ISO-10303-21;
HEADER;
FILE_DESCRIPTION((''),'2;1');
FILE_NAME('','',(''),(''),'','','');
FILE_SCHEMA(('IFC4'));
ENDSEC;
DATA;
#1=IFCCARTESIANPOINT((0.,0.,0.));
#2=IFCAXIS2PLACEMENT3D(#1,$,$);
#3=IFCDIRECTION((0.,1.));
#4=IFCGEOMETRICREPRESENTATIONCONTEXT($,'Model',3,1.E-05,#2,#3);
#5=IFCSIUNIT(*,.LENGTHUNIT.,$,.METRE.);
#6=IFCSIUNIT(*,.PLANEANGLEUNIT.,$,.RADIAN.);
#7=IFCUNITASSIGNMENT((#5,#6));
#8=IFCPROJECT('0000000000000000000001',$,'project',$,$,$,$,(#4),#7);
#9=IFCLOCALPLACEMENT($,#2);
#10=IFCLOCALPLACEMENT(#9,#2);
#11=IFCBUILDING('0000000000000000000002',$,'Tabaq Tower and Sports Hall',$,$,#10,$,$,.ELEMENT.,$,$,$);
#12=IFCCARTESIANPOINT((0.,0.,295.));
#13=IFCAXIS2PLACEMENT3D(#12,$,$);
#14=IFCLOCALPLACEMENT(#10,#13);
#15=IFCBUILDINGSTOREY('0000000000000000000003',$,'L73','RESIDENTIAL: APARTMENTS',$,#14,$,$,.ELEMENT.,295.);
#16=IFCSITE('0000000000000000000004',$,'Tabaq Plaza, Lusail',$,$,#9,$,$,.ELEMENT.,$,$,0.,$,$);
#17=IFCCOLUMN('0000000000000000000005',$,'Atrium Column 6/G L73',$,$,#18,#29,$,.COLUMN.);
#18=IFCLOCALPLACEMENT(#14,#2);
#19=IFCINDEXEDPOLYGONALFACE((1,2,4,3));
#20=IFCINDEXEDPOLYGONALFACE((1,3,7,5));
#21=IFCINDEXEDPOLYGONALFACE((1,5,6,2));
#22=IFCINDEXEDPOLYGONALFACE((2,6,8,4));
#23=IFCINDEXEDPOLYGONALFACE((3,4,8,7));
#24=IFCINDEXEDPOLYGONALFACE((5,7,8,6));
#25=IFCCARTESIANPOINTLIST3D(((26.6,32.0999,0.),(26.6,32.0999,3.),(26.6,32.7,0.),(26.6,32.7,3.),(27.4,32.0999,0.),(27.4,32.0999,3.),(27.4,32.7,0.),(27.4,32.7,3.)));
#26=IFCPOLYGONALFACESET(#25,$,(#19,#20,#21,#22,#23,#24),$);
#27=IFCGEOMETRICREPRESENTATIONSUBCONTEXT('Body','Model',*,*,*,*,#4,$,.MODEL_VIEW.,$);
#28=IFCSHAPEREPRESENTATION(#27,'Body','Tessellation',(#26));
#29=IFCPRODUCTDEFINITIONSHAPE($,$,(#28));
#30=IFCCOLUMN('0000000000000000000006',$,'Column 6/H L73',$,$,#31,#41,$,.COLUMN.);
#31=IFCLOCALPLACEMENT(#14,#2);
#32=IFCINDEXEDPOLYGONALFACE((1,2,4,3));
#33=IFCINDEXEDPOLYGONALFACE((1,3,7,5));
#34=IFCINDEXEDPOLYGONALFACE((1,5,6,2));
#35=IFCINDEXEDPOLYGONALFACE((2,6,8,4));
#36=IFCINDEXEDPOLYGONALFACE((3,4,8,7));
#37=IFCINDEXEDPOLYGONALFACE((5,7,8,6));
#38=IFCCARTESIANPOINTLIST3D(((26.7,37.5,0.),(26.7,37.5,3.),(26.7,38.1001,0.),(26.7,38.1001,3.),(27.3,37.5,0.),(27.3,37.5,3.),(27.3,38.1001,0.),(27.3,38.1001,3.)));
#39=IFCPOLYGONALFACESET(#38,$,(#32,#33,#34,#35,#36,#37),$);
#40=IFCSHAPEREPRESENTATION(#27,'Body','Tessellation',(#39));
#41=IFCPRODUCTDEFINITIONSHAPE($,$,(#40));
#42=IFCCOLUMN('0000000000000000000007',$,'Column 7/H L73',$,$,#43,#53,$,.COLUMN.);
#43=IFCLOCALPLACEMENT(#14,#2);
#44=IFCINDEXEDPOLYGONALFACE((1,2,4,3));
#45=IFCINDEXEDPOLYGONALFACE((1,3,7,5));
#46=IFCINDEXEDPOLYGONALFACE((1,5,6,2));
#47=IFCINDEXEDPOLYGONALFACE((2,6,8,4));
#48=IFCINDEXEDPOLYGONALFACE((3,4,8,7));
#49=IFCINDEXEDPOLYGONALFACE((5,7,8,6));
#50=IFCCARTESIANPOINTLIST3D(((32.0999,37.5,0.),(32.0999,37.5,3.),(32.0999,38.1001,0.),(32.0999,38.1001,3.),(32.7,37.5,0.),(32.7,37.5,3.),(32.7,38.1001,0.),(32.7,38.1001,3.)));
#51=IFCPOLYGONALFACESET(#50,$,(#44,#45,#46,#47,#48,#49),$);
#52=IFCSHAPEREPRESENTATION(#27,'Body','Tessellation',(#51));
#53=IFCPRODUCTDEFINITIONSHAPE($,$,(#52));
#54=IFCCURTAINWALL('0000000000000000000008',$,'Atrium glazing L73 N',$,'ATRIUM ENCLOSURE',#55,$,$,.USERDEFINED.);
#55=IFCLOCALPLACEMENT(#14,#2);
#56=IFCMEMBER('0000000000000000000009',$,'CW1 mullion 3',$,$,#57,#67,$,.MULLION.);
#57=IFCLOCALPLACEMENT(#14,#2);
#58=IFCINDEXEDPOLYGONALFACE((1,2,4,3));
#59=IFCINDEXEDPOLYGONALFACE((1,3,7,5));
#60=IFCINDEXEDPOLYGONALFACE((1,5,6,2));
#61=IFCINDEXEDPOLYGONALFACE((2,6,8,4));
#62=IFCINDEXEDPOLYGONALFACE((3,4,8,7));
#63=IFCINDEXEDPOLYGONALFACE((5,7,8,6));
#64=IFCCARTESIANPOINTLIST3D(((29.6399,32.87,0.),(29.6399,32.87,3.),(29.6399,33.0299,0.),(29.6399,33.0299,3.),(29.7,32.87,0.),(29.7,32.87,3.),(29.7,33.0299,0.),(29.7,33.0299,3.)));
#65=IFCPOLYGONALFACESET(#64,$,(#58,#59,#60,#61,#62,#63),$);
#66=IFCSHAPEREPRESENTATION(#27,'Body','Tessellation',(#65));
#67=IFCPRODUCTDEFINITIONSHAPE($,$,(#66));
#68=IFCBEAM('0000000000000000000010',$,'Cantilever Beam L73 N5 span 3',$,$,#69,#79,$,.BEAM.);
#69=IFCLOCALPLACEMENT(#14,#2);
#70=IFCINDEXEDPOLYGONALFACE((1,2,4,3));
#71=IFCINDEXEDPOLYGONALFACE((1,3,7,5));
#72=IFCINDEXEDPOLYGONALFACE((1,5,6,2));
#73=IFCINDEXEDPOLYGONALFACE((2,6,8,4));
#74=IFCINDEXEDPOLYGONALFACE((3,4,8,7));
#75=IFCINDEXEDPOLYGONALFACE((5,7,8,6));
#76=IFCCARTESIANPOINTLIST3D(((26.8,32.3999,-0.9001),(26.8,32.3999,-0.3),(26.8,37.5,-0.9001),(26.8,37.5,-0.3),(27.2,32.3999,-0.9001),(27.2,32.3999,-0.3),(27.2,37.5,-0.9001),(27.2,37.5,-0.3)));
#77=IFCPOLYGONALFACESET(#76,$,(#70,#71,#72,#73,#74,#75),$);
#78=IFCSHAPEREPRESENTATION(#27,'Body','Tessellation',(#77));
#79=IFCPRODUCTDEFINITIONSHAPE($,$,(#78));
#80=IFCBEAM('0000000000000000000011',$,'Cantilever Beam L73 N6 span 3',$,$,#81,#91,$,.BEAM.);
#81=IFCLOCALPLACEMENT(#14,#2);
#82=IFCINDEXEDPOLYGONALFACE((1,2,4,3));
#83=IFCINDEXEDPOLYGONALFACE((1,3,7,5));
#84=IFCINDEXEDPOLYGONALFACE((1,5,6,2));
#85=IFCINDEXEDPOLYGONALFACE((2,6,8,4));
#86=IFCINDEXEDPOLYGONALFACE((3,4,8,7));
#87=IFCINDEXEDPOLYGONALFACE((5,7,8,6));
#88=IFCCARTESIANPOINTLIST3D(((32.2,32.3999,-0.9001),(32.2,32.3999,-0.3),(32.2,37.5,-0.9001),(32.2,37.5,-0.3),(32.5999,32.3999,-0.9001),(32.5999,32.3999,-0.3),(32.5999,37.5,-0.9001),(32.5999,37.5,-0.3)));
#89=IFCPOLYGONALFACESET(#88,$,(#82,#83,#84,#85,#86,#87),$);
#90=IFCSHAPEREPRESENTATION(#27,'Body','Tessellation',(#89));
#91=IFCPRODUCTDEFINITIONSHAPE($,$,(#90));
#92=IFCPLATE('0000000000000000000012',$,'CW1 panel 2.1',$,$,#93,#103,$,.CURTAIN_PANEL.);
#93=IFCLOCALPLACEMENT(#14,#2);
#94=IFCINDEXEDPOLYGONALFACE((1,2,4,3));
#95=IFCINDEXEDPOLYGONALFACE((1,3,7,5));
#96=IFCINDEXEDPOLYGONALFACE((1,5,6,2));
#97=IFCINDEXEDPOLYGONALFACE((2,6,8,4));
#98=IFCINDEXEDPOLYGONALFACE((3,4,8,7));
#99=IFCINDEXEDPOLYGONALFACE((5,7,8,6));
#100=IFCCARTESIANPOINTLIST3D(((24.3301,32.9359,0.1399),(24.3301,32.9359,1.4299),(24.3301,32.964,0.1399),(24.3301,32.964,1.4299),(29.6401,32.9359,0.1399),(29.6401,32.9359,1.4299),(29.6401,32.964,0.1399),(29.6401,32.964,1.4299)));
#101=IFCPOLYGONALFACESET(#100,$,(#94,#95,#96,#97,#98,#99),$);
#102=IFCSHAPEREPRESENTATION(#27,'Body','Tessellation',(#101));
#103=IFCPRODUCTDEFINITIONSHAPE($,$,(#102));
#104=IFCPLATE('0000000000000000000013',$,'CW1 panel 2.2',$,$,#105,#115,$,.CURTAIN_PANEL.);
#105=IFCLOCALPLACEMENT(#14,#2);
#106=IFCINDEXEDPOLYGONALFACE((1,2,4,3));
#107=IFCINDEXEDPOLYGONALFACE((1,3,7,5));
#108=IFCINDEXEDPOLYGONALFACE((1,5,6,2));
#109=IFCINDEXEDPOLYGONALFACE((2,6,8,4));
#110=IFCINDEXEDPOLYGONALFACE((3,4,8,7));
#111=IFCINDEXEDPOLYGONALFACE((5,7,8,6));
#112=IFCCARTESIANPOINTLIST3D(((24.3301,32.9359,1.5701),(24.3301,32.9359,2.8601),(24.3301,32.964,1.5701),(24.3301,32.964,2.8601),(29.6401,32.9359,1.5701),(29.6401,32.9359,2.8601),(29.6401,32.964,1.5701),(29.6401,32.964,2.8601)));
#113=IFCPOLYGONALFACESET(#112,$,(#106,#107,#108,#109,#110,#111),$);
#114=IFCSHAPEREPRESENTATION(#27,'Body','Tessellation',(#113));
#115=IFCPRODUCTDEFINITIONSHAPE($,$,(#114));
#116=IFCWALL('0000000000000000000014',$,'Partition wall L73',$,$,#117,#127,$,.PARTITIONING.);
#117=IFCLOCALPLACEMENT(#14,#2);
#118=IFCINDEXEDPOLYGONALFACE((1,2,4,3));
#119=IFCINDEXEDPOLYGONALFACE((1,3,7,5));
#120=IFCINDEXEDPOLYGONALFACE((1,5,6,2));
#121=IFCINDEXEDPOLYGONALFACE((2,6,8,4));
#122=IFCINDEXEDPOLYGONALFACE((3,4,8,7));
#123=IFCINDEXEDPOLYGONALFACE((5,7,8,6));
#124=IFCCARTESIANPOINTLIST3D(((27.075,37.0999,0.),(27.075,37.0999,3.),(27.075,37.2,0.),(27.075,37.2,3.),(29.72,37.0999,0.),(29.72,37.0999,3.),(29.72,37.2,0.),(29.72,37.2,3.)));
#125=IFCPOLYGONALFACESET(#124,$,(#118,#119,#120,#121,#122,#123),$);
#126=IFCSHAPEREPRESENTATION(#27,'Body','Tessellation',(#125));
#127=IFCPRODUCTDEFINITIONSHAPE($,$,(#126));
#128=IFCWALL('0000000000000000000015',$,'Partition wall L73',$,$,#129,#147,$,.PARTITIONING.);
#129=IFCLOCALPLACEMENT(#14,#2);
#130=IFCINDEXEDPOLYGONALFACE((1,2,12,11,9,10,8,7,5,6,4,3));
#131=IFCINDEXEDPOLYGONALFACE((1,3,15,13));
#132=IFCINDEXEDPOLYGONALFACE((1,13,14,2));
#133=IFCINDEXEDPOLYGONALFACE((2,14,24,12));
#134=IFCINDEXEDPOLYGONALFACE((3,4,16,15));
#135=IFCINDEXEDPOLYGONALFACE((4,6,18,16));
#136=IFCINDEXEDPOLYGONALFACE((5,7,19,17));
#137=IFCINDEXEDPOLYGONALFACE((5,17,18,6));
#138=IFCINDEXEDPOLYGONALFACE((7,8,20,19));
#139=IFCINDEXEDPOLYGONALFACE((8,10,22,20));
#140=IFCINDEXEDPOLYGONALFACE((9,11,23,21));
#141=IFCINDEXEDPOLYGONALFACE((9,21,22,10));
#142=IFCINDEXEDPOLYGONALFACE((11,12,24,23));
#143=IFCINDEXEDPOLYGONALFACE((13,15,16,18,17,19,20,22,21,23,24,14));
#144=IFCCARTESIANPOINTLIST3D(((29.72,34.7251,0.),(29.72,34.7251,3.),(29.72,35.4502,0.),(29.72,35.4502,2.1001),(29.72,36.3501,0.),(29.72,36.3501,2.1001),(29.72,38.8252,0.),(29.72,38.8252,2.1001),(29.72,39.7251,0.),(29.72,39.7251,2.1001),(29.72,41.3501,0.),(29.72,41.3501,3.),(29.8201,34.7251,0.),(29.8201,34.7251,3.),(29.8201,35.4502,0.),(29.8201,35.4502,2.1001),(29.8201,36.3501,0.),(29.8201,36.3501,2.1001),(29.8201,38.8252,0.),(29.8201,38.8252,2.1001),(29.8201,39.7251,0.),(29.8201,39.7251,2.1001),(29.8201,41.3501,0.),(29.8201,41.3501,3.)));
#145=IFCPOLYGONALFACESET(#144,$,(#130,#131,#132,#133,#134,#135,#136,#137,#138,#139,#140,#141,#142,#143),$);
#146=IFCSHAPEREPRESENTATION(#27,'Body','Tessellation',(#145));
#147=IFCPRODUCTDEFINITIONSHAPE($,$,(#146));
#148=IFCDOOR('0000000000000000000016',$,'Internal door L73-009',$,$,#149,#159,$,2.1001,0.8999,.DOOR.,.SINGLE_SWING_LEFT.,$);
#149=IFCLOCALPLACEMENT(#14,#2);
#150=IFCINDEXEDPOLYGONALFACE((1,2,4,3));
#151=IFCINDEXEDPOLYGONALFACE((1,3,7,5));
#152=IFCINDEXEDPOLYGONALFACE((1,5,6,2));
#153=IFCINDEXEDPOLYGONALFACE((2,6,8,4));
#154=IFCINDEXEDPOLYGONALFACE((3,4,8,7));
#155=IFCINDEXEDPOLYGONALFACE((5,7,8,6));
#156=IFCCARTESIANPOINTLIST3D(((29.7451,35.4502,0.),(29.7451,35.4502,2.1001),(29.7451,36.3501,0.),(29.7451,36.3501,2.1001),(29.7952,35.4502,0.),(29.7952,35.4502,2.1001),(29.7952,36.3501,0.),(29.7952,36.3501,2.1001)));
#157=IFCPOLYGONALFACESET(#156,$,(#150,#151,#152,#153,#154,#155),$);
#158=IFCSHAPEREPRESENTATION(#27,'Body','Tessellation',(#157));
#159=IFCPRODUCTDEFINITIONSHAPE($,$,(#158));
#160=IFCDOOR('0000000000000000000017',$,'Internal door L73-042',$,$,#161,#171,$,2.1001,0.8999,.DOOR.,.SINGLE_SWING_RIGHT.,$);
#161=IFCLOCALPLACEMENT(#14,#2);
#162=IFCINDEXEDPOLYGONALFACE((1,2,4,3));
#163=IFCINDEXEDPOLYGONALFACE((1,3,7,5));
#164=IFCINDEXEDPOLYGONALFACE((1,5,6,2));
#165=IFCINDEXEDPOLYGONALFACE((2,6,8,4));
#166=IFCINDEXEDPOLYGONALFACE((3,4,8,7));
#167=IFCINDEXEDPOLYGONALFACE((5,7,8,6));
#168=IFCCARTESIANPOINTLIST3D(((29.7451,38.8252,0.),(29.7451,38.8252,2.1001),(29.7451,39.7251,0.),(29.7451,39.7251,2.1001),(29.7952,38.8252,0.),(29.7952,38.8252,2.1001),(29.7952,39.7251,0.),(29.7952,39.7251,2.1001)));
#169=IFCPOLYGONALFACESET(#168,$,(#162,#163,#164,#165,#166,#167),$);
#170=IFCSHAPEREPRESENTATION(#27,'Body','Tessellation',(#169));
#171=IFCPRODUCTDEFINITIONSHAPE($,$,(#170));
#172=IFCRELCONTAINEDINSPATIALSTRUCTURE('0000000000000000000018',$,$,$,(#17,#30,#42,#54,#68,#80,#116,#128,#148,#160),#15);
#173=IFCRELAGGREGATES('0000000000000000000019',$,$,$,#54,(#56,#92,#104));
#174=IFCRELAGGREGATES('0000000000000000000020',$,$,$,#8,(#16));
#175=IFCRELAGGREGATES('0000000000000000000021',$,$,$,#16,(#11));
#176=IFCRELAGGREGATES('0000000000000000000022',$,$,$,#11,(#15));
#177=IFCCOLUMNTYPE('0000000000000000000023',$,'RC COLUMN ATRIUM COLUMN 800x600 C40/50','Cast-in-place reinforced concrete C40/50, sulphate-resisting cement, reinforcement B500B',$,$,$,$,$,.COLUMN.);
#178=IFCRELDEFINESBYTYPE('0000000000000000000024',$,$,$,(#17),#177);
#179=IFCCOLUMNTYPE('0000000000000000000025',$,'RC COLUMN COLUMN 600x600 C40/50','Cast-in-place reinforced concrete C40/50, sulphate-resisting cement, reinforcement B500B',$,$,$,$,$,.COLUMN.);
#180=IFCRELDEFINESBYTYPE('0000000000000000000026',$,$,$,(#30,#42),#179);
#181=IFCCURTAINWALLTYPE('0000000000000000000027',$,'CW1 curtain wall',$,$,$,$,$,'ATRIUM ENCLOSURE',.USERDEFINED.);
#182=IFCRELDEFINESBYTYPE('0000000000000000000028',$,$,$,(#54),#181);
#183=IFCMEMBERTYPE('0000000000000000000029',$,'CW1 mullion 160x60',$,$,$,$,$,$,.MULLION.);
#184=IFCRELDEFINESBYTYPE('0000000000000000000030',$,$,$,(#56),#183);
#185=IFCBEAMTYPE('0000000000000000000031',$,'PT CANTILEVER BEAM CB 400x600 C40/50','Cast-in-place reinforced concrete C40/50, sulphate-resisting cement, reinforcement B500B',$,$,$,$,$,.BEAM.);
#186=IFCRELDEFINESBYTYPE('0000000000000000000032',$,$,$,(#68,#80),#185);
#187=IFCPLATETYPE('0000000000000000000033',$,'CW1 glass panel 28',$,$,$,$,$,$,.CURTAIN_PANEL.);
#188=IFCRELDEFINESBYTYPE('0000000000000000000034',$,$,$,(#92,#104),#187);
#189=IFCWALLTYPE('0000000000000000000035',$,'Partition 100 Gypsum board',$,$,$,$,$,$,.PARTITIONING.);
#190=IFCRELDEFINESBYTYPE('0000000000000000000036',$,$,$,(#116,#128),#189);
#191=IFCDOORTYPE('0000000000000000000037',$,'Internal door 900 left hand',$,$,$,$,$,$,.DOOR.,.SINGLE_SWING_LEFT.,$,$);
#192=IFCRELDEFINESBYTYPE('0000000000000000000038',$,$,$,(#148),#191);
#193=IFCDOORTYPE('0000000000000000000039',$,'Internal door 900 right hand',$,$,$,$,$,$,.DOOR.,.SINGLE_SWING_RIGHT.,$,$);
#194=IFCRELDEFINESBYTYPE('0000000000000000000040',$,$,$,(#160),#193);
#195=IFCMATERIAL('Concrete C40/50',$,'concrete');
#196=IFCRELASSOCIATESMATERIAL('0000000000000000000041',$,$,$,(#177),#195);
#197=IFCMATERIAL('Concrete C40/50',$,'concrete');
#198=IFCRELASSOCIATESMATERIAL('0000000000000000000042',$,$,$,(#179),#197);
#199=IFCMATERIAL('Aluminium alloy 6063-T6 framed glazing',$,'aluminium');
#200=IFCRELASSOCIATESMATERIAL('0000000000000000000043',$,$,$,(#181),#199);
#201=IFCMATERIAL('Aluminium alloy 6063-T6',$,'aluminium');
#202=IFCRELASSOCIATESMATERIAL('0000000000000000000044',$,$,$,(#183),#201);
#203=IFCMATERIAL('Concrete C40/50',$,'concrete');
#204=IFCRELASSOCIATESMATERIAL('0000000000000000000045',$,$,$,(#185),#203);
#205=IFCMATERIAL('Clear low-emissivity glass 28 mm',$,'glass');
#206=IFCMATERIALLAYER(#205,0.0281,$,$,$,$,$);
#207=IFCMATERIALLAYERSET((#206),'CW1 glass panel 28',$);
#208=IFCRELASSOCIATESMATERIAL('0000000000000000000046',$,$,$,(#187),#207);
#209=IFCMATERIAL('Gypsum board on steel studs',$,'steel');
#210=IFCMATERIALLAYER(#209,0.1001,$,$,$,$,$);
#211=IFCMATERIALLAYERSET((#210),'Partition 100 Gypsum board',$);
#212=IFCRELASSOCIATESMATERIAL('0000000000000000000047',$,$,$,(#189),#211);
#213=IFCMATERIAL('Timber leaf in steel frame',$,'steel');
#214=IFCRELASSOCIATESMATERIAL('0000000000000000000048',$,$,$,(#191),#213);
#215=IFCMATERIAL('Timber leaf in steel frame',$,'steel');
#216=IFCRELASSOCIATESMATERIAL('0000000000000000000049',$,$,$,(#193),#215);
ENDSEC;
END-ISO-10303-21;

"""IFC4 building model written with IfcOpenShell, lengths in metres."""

from ifc_helpers import new_model, si_unit, direction, frame, frame_2d, origin, origin_2d, place, context, subcontext, project, spatial, rectangle, extrude, material, layer, layer_set, material_profile, profile_set, type_object, element, fill, aggregate, save


model = new_model("IFC4")

# Units and contexts
model_context = context("Model", 3, precision=1e-05, world=origin(), true_north=direction((0.0, 1.0)))
body_context = subcontext(model_context, "Body", "Model", "MODEL_VIEW")
ifc_project = project(units=[si_unit("LENGTHUNIT", "METRE"), si_unit("PLANEANGLEUNIT", "RADIAN")], contexts=[model_context])

# Site, building, storey
site_placement = place(None, origin())
site = spatial("IfcSite", under=ifc_project, at=site_placement, Name="Tabaq Plaza, Lusail", CompositionType="ELEMENT", RefElevation=0.0)
building_placement = place(site_placement, origin())
building = spatial("IfcBuilding", under=site, at=building_placement, Name="Tabaq Tower and Sports Hall", CompositionType="ELEMENT")
storey_placement = place(building_placement, frame((0.0, 0.0, 295.0)))
storey = spatial("IfcBuildingStorey", under=building, at=storey_placement, Name="L73", Description="RESIDENTIAL: APARTMENTS", CompositionType="ELEMENT", Elevation=295.0)

# Columns
ifc_material_1 = material(Name="Concrete C40/50", Category="concrete")
ifc_material_profile_1 = material_profile(ifc_material_1, rectangle(XDim=0.8, YDim=0.6001, at=origin_2d()), Name="ATRIUM COLUMN 800x600")
ifc_profile_set_1 = profile_set([ifc_material_profile_1], Name="Concrete C40/50")
column_type_1 = type_object("IfcColumnType", Name="RC COLUMN ATRIUM COLUMN 800x600 C40/50", Description="Cast-in-place reinforced concrete C40/50, sulphate-resisting cement, reinforcement B500B", PredefinedType="COLUMN", material=ifc_profile_set_1)
column_placement = place(storey_placement, frame((27.0, 32.3999, 0.0), z_axis=(0.0, 0.0, 1.0), x_axis=(1.0, 0.0, 0.0)))
element("IfcColumn", 1, at=column_placement, inside=storey, type_object=column_type_1, Name="Atrium Column 6/G L73", PredefinedType="COLUMN", context=body_context, shape_type="SweptSolid", body=[
    extrude(rectangle(XDim=0.8, YDim=0.6001, at=origin_2d()), origin(), (0.0, 0.0, 1.0), 3.0),
])
ifc_material_2 = material(Name="Concrete C40/50", Category="concrete")
ifc_material_profile_2 = material_profile(ifc_material_2, rectangle(XDim=0.6001, YDim=0.6001, at=origin_2d()), Name="COLUMN 600x600")
ifc_profile_set_2 = profile_set([ifc_material_profile_2], Name="Concrete C40/50")
column_type_2 = type_object("IfcColumnType", Name="RC COLUMN COLUMN 600x600 C40/50", Description="Cast-in-place reinforced concrete C40/50, sulphate-resisting cement, reinforcement B500B", PredefinedType="COLUMN", material=ifc_profile_set_2)
for number, where, z_axis, x_axis, name in (
    (2, (27.0, 37.8, 0.0), (0.0, 0.0, 1.0), (1.0, 0.0, 0.0), "Column 6/H L73"),
    (3, (32.3999, 37.8, 0.0), (0.0, 0.0, 1.0), (1.0, 0.0, 0.0), "Column 7/H L73"),
):
    element("IfcColumn", number, at=place(storey_placement, frame(where, z_axis=z_axis, x_axis=x_axis)), inside=storey, type_object=column_type_2, Name=name, PredefinedType="COLUMN", context=body_context, shape_type="SweptSolid", body=[
        extrude(rectangle(XDim=0.6001, YDim=0.6001, at=origin_2d()), origin(), (0.0, 0.0, 1.0), 3.0),
    ])

# Curtain wall, member
ifc_material_3 = material(Name="Aluminium alloy 6063-T6 framed glazing", Category="aluminium")
curtain_wall_type = type_object("IfcCurtainWallType", Name="CW1 curtain wall", ElementType="ATRIUM ENCLOSURE", PredefinedType="USERDEFINED", material=ifc_material_3)
curtain_wall_placement = place(storey_placement, origin())
curtain_wall = element("IfcCurtainWall", 4, at=curtain_wall_placement, inside=storey, type_object=curtain_wall_type, Name="Atrium glazing L73 N", ObjectType="ATRIUM ENCLOSURE", PredefinedType="USERDEFINED")
ifc_material_4 = material(Name="Aluminium alloy 6063-T6", Category="aluminium")
ifc_material_profile_3 = material_profile(ifc_material_4, rectangle(XDim=0.1599, YDim=0.0601, at=origin_2d()), Name="MULLION 160x60")
ifc_profile_set_3 = profile_set([ifc_material_profile_3], Name="Aluminium alloy 6063-T6")
member_type = type_object("IfcMemberType", Name="CW1 mullion 160x60", PredefinedType="MULLION", material=ifc_profile_set_3)
member_placement = place(storey_placement, frame((29.6699, 32.95, 0.0), z_axis=(0.0, 0.0, 1.0), x_axis=(0.0, 1.0, 0.0)))
member = element("IfcMember", 5, at=member_placement, type_object=member_type, Name="CW1 mullion 3", PredefinedType="MULLION", context=body_context, shape_type="SweptSolid", body=[
    extrude(rectangle(XDim=0.1599, YDim=0.0601, at=origin_2d()), origin(), (0.0, 0.0, 1.0), 3.0),
])

# Beams
ifc_material_5 = material(Name="Concrete C40/50", Category="concrete")
ifc_material_profile_4 = material_profile(ifc_material_5, rectangle(XDim=0.3999, YDim=0.6001, at=origin_2d()), Name="CB 400x600")
ifc_profile_set_4 = profile_set([ifc_material_profile_4], Name="Concrete C40/50")
beam_type = type_object("IfcBeamType", Name="PT CANTILEVER BEAM CB 400x600 C40/50", Description="Cast-in-place reinforced concrete C40/50, sulphate-resisting cement, reinforcement B500B", PredefinedType="BEAM", material=ifc_profile_set_4)
for number, where, z_axis, x_axis, name in (
    (6, (27.0, 37.5, -0.6001), (0.0, -1.0, 0.0), (1.0, 0.0, 0.0), "Cantilever Beam L73 N5 span 3"),
    (7, (32.3999, 37.5, -0.6001), (0.0, -1.0, 0.0), (1.0, 0.0, 0.0), "Cantilever Beam L73 N6 span 3"),
):
    element("IfcBeam", number, at=place(storey_placement, frame(where, z_axis=z_axis, x_axis=x_axis)), inside=storey, type_object=beam_type, Name=name, PredefinedType="BEAM", context=body_context, shape_type="SweptSolid", body=[
        extrude(rectangle(XDim=0.3999, YDim=0.6001, at=origin_2d()), origin(), (0.0, 0.0, 1.0), 5.1001),
    ])

# Plates
ifc_material_6 = material(Name="Clear low-emissivity glass 28 mm", Category="glass")
ifc_layer_1 = layer(ifc_material_6, 0.0281)
ifc_layer_set_1 = layer_set([ifc_layer_1], Name="CW1 glass panel 28")
plate_type = type_object("IfcPlateType", Name="CW1 glass panel 28", PredefinedType="CURTAIN_PANEL", material=ifc_layer_set_1)
plate_1_placement = place(storey_placement, frame((26.9851, 32.95, 0.1399), z_axis=(0.0, 0.0, 1.0), x_axis=(1.0, 0.0, 0.0)))
plate_1 = element("IfcPlate", 8, at=plate_1_placement, type_object=plate_type, Name="CW1 panel 2.1", PredefinedType="CURTAIN_PANEL", context=body_context, shape_type="SweptSolid", body=[
    extrude(rectangle(XDim=5.3101, YDim=0.0281, at=origin_2d()), origin(), (0.0, 0.0, 1.0), 1.29),
])
plate_2_placement = place(storey_placement, frame((26.9851, 32.95, 1.5701), z_axis=(0.0, 0.0, 1.0), x_axis=(1.0, 0.0, 0.0)))
plate_2 = element("IfcPlate", 9, at=plate_2_placement, type_object=plate_type, Name="CW1 panel 2.2", PredefinedType="CURTAIN_PANEL", context=body_context, shape_type="SweptSolid", body=[
    extrude(rectangle(XDim=5.3101, YDim=0.0281, at=origin_2d()), origin(), (0.0, 0.0, 1.0), 1.29),
])
aggregate(curtain_wall, [member, plate_1, plate_2])

# Wall
ifc_material_7 = material(Name="Gypsum board on steel studs", Category="steel")
ifc_layer_2 = layer(ifc_material_7, 0.1001)
ifc_layer_set_2 = layer_set([ifc_layer_2], Name="Partition 100 Gypsum board")
wall_type_1 = type_object("IfcWallType", Name="Partition 100 Gypsum board", PredefinedType="PARTITIONING", material=ifc_layer_set_2)
wall_1_placement = place(storey_placement, frame((27.075, 37.1499, 0.0), z_axis=(0.0, 0.0, 1.0), x_axis=(1.0, 0.0, 0.0)))
element("IfcWall", 10, at=wall_1_placement, inside=storey, type_object=wall_type_1, Name="Partition wall L73", PredefinedType="PARTITIONING", context=body_context, shape_type="SweptSolid", body=[
    extrude(rectangle(XDim=2.645, YDim=0.1001, at=frame_2d((1.3225, 0.0))), origin(), (0.0, 0.0, 1.0), 3.0),
])

# Wall, openings, doors
wall_2_placement = place(storey_placement, frame((29.77, 34.7251, 0.0), z_axis=(0.0, 0.0, 1.0), x_axis=(0.0, 1.0, 0.0)))
wall_2 = element("IfcWall", 11, at=wall_2_placement, inside=storey, type_object=wall_type_1, Name="Partition wall L73", PredefinedType="PARTITIONING", context=body_context, shape_type="SweptSolid", body=[
    extrude(rectangle(XDim=6.625, YDim=0.1001, at=frame_2d((3.3125, 0.0))), origin(), (0.0, 0.0, 1.0), 3.0),
])
opening_1_placement = place(wall_2_placement, frame((0.7251, 0.0, 0.0)))
opening_1 = element("IfcOpeningElement", 12, at=opening_1_placement, cuts=wall_2, PredefinedType="OPENING", context=body_context, shape_type="SweptSolid", body=[
    extrude(rectangle(XDim=0.8999, YDim=2.1001, at=frame_2d((0.45, 1.05))), frame((0.0, 0.05, 0.0), z_axis=(0.0, -1.0, 0.0), x_axis=(1.0, 0.0, 0.0)), (0.0, 0.0, 1.0), 0.1001),
])
opening_2_placement = place(wall_2_placement, frame((4.1001, 0.0, 0.0)))
opening_2 = element("IfcOpeningElement", 13, at=opening_2_placement, cuts=wall_2, PredefinedType="OPENING", context=body_context, shape_type="SweptSolid", body=[
    extrude(rectangle(XDim=0.8999, YDim=2.1001, at=frame_2d((0.45, 1.05))), frame((0.0, 0.05, 0.0), z_axis=(0.0, -1.0, 0.0), x_axis=(1.0, 0.0, 0.0)), (0.0, 0.0, 1.0), 0.1001),
])
ifc_material_8 = material(Name="Timber leaf in steel frame", Category="steel")
door_type_1 = type_object("IfcDoorType", Name="Internal door 900 left hand", OperationType="SINGLE_SWING_LEFT", PredefinedType="DOOR", material=ifc_material_8)
door_1_placement = place(opening_1_placement, origin())
door_1 = element("IfcDoor", 14, at=door_1_placement, inside=storey, type_object=door_type_1, Name="Internal door L73-009", OperationType="SINGLE_SWING_LEFT", OverallHeight=2.1001, OverallWidth=0.8999, PredefinedType="DOOR", context=body_context, shape_type="SweptSolid", body=[
    extrude(rectangle(XDim=0.8999, YDim=2.1001, at=frame_2d((0.45, 1.05))), frame((0.0, 0.0249, 0.0), z_axis=(0.0, -1.0, 0.0), x_axis=(1.0, 0.0, 0.0)), (0.0, 0.0, 1.0), 0.05),
])
fill(opening_1, door_1)
ifc_material_9 = material(Name="Timber leaf in steel frame", Category="steel")
door_type_2 = type_object("IfcDoorType", Name="Internal door 900 right hand", OperationType="SINGLE_SWING_RIGHT", PredefinedType="DOOR", material=ifc_material_9)
door_2_placement = place(opening_2_placement, origin())
door_2 = element("IfcDoor", 15, at=door_2_placement, inside=storey, type_object=door_type_2, Name="Internal door L73-042", OperationType="SINGLE_SWING_RIGHT", OverallHeight=2.1001, OverallWidth=0.8999, PredefinedType="DOOR", context=body_context, shape_type="SweptSolid", body=[
    extrude(rectangle(XDim=0.8999, YDim=2.1001, at=frame_2d((0.45, 1.05))), frame((0.0, 0.0249, 0.0), z_axis=(0.0, -1.0, 0.0), x_axis=(1.0, 0.0, 0.0)), (0.0, 0.0, 1.0), 0.05),
])
fill(opening_2, door_2)

save(model, "model.ifc")
